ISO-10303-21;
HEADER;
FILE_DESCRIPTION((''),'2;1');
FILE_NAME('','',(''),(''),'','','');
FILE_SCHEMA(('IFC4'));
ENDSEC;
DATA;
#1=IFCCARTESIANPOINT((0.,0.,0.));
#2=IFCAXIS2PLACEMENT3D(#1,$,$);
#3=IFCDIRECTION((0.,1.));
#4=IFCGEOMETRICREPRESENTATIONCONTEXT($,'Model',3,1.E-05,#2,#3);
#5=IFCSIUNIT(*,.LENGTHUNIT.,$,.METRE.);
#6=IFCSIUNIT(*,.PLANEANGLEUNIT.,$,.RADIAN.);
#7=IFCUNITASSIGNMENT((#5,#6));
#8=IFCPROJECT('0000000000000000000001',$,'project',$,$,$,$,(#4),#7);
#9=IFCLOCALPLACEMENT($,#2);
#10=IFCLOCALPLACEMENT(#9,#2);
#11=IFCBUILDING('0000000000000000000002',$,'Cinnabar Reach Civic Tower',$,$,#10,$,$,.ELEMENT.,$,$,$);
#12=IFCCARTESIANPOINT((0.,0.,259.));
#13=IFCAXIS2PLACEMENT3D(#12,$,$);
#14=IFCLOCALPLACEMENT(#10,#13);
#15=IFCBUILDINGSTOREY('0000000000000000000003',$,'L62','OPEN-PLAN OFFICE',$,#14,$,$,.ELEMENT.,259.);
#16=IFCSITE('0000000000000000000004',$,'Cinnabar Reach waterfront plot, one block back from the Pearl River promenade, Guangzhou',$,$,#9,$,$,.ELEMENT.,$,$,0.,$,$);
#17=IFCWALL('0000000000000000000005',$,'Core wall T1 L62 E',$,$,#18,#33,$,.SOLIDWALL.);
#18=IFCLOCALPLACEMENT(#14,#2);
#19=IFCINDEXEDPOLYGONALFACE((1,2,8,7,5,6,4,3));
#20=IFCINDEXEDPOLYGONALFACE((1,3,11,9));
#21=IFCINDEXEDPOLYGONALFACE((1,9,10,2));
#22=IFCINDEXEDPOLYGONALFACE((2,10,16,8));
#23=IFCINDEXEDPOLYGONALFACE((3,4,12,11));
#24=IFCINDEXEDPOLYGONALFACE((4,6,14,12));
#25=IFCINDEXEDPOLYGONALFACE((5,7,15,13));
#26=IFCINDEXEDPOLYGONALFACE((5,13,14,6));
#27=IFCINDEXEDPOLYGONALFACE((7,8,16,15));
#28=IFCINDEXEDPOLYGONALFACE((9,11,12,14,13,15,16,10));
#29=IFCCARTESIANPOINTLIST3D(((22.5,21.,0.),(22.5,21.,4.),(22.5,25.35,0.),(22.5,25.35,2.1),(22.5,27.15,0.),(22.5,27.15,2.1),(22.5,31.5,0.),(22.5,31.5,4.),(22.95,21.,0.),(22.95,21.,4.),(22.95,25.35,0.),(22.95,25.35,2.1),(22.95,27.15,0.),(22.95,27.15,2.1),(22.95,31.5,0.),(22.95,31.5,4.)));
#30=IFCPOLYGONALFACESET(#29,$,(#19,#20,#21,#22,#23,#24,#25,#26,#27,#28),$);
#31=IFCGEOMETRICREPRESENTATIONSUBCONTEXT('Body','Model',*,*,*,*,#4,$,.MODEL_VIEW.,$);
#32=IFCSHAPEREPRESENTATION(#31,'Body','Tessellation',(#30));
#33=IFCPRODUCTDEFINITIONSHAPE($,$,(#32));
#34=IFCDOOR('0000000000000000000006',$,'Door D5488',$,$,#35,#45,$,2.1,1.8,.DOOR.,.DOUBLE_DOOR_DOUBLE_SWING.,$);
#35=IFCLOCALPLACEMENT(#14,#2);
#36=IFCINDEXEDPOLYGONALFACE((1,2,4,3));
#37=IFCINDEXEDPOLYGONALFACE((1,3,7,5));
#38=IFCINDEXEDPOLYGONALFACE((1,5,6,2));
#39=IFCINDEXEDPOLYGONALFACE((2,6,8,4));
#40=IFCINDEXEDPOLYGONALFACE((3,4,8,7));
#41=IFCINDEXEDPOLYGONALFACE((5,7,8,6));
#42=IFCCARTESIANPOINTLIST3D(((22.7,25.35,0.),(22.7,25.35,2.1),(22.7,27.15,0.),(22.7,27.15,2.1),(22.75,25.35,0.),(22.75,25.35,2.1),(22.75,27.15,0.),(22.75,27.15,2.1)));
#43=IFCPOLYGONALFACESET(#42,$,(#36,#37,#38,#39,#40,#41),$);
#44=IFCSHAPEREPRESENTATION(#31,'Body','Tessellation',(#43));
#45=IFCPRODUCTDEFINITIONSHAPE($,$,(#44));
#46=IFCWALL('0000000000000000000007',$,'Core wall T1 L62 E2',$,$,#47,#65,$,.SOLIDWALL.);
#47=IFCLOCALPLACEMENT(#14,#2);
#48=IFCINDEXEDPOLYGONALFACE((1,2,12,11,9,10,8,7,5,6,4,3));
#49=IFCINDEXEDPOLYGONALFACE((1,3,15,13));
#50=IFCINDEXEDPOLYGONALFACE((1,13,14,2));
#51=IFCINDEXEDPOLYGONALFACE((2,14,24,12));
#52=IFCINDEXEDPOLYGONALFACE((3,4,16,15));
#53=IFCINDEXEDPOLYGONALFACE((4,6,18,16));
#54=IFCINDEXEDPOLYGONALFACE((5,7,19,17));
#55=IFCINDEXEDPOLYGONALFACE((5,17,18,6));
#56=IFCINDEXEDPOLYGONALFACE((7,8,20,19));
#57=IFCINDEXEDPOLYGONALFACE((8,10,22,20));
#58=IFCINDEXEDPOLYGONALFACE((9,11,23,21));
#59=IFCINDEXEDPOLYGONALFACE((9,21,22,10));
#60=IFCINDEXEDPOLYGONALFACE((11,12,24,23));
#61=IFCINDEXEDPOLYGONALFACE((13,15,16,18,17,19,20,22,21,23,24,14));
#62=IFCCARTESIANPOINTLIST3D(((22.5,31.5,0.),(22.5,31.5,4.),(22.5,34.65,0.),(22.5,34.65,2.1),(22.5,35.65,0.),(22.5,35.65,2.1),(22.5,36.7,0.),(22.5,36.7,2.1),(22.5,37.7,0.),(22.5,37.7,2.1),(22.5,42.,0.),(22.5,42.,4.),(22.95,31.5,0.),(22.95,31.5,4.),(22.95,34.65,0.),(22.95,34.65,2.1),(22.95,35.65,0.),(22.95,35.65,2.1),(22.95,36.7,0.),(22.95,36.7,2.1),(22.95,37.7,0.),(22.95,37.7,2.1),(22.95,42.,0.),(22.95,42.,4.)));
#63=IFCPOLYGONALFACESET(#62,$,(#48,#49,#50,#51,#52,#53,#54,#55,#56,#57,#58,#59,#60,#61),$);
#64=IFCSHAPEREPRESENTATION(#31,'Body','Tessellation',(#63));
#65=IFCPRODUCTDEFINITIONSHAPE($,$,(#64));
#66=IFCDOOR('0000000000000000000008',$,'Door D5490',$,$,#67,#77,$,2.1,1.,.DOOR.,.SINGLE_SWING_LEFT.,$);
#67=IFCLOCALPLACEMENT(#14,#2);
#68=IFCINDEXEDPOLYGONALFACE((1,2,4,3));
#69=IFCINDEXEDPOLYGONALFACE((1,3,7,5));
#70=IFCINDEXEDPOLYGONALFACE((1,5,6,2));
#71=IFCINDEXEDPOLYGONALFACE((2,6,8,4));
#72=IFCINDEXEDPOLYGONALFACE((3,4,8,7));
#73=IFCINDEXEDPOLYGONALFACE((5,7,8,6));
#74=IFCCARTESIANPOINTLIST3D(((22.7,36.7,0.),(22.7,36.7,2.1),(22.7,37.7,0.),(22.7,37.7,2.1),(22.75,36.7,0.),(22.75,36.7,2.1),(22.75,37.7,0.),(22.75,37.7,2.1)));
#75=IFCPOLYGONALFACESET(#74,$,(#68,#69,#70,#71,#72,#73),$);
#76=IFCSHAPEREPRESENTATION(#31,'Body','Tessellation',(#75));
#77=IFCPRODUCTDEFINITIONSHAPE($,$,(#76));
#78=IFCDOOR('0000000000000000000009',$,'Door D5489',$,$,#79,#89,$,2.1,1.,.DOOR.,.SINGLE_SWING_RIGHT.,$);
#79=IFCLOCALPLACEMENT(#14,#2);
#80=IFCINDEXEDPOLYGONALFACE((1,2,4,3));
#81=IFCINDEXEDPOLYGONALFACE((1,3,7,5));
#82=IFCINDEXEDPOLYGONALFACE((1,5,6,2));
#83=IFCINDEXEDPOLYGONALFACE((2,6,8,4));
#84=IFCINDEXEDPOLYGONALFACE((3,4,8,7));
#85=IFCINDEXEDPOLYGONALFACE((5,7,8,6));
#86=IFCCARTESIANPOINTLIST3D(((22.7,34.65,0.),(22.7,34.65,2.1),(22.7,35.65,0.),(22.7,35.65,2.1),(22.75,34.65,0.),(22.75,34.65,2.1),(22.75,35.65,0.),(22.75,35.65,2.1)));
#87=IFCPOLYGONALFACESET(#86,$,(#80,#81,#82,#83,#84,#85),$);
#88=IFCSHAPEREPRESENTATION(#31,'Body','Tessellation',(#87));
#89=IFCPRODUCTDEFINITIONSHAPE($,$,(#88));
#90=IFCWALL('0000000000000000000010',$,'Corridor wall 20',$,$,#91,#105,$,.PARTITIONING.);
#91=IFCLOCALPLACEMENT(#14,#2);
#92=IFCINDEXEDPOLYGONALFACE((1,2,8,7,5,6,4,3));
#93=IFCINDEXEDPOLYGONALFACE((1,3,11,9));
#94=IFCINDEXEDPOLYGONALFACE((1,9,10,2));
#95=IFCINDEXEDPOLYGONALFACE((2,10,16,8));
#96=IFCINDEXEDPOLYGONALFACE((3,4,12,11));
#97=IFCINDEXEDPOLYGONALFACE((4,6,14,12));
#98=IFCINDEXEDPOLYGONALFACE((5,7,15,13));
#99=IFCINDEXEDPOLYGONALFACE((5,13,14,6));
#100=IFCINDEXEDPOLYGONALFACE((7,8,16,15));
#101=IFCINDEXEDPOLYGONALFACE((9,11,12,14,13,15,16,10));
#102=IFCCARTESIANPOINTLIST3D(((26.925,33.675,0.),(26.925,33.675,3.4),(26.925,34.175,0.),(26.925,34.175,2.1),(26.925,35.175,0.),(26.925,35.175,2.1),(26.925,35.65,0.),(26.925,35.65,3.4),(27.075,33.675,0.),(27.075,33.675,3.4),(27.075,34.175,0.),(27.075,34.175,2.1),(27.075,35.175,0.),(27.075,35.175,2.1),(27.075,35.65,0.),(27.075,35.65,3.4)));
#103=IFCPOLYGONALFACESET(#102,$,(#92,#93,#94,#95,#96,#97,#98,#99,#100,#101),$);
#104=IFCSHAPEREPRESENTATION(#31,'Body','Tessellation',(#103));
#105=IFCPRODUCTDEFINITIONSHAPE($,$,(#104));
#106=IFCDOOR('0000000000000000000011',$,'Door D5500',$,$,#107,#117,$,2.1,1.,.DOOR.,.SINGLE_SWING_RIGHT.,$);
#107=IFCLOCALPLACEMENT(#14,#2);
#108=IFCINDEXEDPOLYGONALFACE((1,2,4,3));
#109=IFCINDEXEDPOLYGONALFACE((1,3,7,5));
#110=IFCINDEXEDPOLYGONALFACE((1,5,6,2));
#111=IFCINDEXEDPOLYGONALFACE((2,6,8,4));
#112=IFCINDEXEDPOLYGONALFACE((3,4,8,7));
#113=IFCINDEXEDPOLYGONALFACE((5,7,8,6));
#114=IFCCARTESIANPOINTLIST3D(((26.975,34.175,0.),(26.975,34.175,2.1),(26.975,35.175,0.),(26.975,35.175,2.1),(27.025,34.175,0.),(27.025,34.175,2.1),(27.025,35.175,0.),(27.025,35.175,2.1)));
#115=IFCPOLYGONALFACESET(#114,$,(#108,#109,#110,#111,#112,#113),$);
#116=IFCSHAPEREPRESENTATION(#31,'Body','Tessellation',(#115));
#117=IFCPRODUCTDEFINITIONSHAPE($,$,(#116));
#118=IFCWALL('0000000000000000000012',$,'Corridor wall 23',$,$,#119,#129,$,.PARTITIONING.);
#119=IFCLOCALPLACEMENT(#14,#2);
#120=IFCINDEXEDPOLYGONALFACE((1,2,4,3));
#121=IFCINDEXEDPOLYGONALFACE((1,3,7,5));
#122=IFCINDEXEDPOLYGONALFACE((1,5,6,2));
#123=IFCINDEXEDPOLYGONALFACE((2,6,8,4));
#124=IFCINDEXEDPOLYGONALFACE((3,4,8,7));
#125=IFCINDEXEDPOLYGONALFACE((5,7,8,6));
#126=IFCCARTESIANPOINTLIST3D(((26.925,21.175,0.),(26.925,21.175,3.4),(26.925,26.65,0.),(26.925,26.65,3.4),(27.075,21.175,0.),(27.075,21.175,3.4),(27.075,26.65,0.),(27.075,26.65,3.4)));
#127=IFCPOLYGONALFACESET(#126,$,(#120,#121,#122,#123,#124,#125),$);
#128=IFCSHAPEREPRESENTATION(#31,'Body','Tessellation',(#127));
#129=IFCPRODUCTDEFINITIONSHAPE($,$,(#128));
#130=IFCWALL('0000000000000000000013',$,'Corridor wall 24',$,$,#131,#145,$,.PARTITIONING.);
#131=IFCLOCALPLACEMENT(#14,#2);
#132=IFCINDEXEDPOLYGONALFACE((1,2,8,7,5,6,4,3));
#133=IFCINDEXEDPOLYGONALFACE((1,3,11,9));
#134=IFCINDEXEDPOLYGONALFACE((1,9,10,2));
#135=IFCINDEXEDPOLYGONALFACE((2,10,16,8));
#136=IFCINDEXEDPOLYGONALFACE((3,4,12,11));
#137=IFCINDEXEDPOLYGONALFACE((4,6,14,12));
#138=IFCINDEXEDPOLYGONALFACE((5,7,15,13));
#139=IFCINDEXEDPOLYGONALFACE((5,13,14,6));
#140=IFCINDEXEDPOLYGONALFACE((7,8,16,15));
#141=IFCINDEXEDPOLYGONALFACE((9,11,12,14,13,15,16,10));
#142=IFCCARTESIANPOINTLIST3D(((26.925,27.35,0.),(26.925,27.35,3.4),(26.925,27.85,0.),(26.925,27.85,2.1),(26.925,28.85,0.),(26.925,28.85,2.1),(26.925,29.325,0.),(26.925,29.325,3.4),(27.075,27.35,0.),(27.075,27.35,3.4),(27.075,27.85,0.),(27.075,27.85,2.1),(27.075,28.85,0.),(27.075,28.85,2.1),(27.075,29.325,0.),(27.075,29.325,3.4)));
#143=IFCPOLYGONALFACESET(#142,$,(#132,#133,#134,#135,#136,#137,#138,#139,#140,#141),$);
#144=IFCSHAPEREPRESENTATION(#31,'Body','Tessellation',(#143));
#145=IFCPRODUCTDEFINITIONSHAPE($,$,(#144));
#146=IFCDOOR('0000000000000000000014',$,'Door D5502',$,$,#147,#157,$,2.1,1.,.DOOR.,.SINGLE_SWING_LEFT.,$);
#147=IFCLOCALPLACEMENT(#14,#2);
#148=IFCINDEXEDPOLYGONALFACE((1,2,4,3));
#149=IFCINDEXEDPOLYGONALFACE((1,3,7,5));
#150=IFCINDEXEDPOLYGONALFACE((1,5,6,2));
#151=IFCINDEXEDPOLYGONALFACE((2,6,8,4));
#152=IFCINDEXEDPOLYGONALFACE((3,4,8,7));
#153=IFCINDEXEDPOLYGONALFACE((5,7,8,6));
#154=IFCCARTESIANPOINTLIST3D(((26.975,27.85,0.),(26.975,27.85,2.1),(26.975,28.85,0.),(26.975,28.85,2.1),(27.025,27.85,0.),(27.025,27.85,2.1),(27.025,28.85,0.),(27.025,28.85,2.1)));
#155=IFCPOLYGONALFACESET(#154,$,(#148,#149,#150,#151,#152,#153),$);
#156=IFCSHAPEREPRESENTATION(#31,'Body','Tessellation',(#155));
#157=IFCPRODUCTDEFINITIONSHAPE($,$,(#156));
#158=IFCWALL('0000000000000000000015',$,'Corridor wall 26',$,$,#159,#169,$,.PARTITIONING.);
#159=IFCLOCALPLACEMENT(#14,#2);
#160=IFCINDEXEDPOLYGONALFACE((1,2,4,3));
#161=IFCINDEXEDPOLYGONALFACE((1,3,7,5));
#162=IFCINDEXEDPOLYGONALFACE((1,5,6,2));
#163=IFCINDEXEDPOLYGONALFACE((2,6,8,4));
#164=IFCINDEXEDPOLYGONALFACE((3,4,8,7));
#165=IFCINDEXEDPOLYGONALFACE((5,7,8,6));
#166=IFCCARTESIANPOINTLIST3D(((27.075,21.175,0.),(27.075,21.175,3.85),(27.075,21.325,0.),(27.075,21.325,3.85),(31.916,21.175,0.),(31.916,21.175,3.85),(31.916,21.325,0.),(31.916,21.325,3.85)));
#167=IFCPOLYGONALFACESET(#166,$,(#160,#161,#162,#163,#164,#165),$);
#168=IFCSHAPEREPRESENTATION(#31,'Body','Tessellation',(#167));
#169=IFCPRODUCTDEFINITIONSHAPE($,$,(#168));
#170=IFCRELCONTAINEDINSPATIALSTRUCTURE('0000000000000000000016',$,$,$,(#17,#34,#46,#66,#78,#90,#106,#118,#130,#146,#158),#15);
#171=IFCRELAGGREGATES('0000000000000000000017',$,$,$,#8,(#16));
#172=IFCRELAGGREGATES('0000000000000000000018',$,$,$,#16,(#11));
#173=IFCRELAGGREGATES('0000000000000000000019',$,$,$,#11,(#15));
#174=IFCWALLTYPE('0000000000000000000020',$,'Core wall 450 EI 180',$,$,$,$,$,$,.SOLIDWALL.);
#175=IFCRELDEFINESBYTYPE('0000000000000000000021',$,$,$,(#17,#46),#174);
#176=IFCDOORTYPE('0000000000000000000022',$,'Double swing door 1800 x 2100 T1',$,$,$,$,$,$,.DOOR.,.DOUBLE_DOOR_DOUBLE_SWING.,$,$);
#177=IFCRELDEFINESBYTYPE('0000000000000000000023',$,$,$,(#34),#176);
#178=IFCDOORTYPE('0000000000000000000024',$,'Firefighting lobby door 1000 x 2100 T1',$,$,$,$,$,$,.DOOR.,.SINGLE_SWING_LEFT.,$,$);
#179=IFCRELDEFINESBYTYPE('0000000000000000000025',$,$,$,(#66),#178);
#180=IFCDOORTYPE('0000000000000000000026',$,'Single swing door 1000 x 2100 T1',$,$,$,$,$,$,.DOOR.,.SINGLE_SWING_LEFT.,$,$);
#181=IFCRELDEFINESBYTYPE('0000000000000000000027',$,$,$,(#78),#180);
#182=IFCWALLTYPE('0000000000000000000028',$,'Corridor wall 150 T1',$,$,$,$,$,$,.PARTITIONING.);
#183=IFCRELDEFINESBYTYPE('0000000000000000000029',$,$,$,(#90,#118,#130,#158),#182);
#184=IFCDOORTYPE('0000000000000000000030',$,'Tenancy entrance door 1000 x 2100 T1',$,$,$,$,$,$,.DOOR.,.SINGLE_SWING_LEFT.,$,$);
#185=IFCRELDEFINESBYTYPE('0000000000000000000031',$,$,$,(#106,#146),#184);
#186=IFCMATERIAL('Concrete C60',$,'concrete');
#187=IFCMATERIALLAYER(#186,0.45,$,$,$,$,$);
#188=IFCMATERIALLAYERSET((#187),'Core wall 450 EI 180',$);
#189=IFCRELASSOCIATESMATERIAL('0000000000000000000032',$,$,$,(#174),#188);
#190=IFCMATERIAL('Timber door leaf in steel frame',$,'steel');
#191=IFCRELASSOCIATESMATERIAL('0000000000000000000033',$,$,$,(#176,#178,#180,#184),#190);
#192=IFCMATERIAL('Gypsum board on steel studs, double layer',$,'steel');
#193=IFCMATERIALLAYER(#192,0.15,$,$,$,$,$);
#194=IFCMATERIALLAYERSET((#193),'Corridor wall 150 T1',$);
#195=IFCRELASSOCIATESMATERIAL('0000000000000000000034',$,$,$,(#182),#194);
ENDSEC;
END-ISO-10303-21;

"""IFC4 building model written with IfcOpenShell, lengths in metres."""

from ifc_helpers import new_model, si_unit, direction, frame, frame_2d, origin, place, context, subcontext, project, spatial, rectangle, extrude, material, layer, layer_set, type_object, element, fill, save


model = new_model("IFC4")

# Units and contexts
model_context = context("Model", 3, precision=1e-05, world=origin(), true_north=direction((0.0, 1.0)))
body_context = subcontext(model_context, "Body", "Model", "MODEL_VIEW")
ifc_project = project(units=[si_unit("LENGTHUNIT", "METRE"), si_unit("PLANEANGLEUNIT", "RADIAN")], contexts=[model_context])

# Site, building, storey
site_placement = place(None, origin())
site = spatial("IfcSite", under=ifc_project, at=site_placement, Name="Cinnabar Reach waterfront plot, one block back from the Pearl River promenade, Guangzhou", CompositionType="ELEMENT", RefElevation=0.0)
building_placement = place(site_placement, origin())
building = spatial("IfcBuilding", under=site, at=building_placement, Name="Cinnabar Reach Civic Tower", CompositionType="ELEMENT")
storey_placement = place(building_placement, frame((0.0, 0.0, 259.0)))
storey = spatial("IfcBuildingStorey", under=building, at=storey_placement, Name="L62", Description="OPEN-PLAN OFFICE", CompositionType="ELEMENT", Elevation=259.0)

# Shared definitions
ifc_material_1 = material(Name="Concrete C60", Category="concrete")

# Wall, opening, door
ifc_layer_1 = layer(ifc_material_1, 0.45)
ifc_layer_set_1 = layer_set([ifc_layer_1], Name="Core wall 450 EI 180")
wall_type_1 = type_object("IfcWallType", Name="Core wall 450 EI 180", PredefinedType="SOLIDWALL", material=ifc_layer_set_1)
wall_1_placement = place(storey_placement, frame((22.725, 21.0, 0.0), z_axis=(0.0, 0.0, 1.0), x_axis=(0.0, 1.0, 0.0)))
wall_1 = element("IfcWall", 1, at=wall_1_placement, inside=storey, type_object=wall_type_1, Name="Core wall T1 L62 E", PredefinedType="SOLIDWALL", context=body_context, shape_type="SweptSolid", body=[
    extrude(rectangle(XDim=10.5, YDim=0.45, at=frame_2d((5.25, 0.0))), origin(), (0.0, 0.0, 1.0), 4.0),
])
opening_1_placement = place(wall_1_placement, frame((4.35, 0.0, 0.0)))
opening_1 = element("IfcOpeningElement", 2, at=opening_1_placement, cuts=wall_1, PredefinedType="OPENING", context=body_context, shape_type="SweptSolid", body=[
    extrude(rectangle(XDim=1.8, YDim=2.1, at=frame_2d((0.9, 1.05))), frame((0.0, 0.235, 0.0), z_axis=(0.0, -1.0, 0.0), x_axis=(1.0, 0.0, 0.0)), (0.0, 0.0, 1.0), 0.47),
])
ifc_material_2 = material(Name="Timber door leaf in steel frame", Category="steel")
door_type_1 = type_object("IfcDoorType", Name="Double swing door 1800 x 2100 T1", OperationType="DOUBLE_DOOR_DOUBLE_SWING", PredefinedType="DOOR", material=ifc_material_2)
door_1_placement = place(opening_1_placement, origin())
door_1 = element("IfcDoor", 3, at=door_1_placement, inside=storey, type_object=door_type_1, Name="Door D5488", OperationType="DOUBLE_DOOR_DOUBLE_SWING", OverallHeight=2.1, OverallWidth=1.8, PredefinedType="DOOR", context=body_context, shape_type="SweptSolid", body=[
    extrude(rectangle(XDim=1.8, YDim=2.1, at=frame_2d((0.9, 1.05))), frame((0.0, 0.025, 0.0), z_axis=(0.0, -1.0, 0.0), x_axis=(1.0, 0.0, 0.0)), (0.0, 0.0, 1.0), 0.05),
])
fill(opening_1, door_1)

# Wall, openings, doors
wall_2_placement = place(storey_placement, frame((22.725, 31.5, 0.0), z_axis=(0.0, 0.0, 1.0), x_axis=(0.0, 1.0, 0.0)))
wall_2 = element("IfcWall", 4, at=wall_2_placement, inside=storey, type_object=wall_type_1, Name="Core wall T1 L62 E2", PredefinedType="SOLIDWALL", context=body_context, shape_type="SweptSolid", body=[
    extrude(rectangle(XDim=10.5, YDim=0.45, at=frame_2d((5.25, 0.0))), origin(), (0.0, 0.0, 1.0), 4.0),
])
opening_2_placement = place(wall_2_placement, frame((3.15, 0.0, 0.0)))
opening_2 = element("IfcOpeningElement", 5, at=opening_2_placement, cuts=wall_2, PredefinedType="OPENING", context=body_context, shape_type="SweptSolid", body=[
    extrude(rectangle(XDim=1.0, YDim=2.1, at=frame_2d((0.5, 1.05))), frame((0.0, 0.235, 0.0), z_axis=(0.0, -1.0, 0.0), x_axis=(1.0, 0.0, 0.0)), (0.0, 0.0, 1.0), 0.47),
])
opening_3_placement = place(wall_2_placement, frame((5.2, 0.0, 0.0)))
opening_3 = element("IfcOpeningElement", 6, at=opening_3_placement, cuts=wall_2, PredefinedType="OPENING", context=body_context, shape_type="SweptSolid", body=[
    extrude(rectangle(XDim=1.0, YDim=2.1, at=frame_2d((0.5, 1.05))), frame((0.0, 0.235, 0.0), z_axis=(0.0, -1.0, 0.0), x_axis=(1.0, 0.0, 0.0)), (0.0, 0.0, 1.0), 0.47),
])
door_type_2 = type_object("IfcDoorType", Name="Firefighting lobby door 1000 x 2100 T1", OperationType="SINGLE_SWING_LEFT", PredefinedType="DOOR", material=ifc_material_2)
door_2_placement = place(opening_3_placement, origin())
door_2 = element("IfcDoor", 7, at=door_2_placement, inside=storey, type_object=door_type_2, Name="Door D5490", OperationType="SINGLE_SWING_LEFT", OverallHeight=2.1, OverallWidth=1.0, PredefinedType="DOOR", context=body_context, shape_type="SweptSolid", body=[
    extrude(rectangle(XDim=1.0, YDim=2.1, at=frame_2d((0.5, 1.05))), frame((0.0, 0.025, 0.0), z_axis=(0.0, -1.0, 0.0), x_axis=(1.0, 0.0, 0.0)), (0.0, 0.0, 1.0), 0.05),
])
fill(opening_3, door_2)
door_type_3 = type_object("IfcDoorType", Name="Single swing door 1000 x 2100 T1", OperationType="SINGLE_SWING_LEFT", PredefinedType="DOOR", material=ifc_material_2)
door_3_placement = place(opening_2_placement, origin())
door_3 = element("IfcDoor", 8, at=door_3_placement, inside=storey, type_object=door_type_3, Name="Door D5489", OperationType="SINGLE_SWING_RIGHT", OverallHeight=2.1, OverallWidth=1.0, PredefinedType="DOOR", context=body_context, shape_type="SweptSolid", body=[
    extrude(rectangle(XDim=1.0, YDim=2.1, at=frame_2d((0.5, 1.05))), frame((0.0, 0.025, 0.0), z_axis=(0.0, -1.0, 0.0), x_axis=(1.0, 0.0, 0.0)), (0.0, 0.0, 1.0), 0.05),
])
fill(opening_2, door_3)

# Wall, opening, door
ifc_material_3 = material(Name="Gypsum board on steel studs, double layer", Category="steel")
ifc_layer_2 = layer(ifc_material_3, 0.15)
ifc_layer_set_2 = layer_set([ifc_layer_2], Name="Corridor wall 150 T1")
wall_type_2 = type_object("IfcWallType", Name="Corridor wall 150 T1", PredefinedType="PARTITIONING", material=ifc_layer_set_2)
wall_3_placement = place(storey_placement, frame((27.0, 33.675, 0.0), z_axis=(0.0, 0.0, 1.0), x_axis=(0.0, 1.0, 0.0)))
wall_3 = element("IfcWall", 9, at=wall_3_placement, inside=storey, type_object=wall_type_2, Name="Corridor wall 20", PredefinedType="PARTITIONING", context=body_context, shape_type="SweptSolid", body=[
    extrude(rectangle(XDim=1.975, YDim=0.15, at=frame_2d((0.9875, 0.0))), origin(), (0.0, 0.0, 1.0), 3.4),
])
opening_4_placement = place(wall_3_placement, frame((0.5, 0.0, 0.0)))
opening_4 = element("IfcOpeningElement", 10, at=opening_4_placement, cuts=wall_3, PredefinedType="OPENING", context=body_context, shape_type="SweptSolid", body=[
    extrude(rectangle(XDim=1.0, YDim=2.1, at=frame_2d((0.5, 1.05))), frame((0.0, 0.085, 0.0), z_axis=(0.0, -1.0, 0.0), x_axis=(1.0, 0.0, 0.0)), (0.0, 0.0, 1.0), 0.17),
])
door_type_4 = type_object("IfcDoorType", Name="Tenancy entrance door 1000 x 2100 T1", OperationType="SINGLE_SWING_LEFT", PredefinedType="DOOR", material=ifc_material_2)
door_4_placement = place(opening_4_placement, frame((1.0, 0.0, 0.0), z_axis=(0.0, 0.0, 1.0), x_axis=(-1.0, 0.0, 0.0)))
door_4 = element("IfcDoor", 11, at=door_4_placement, inside=storey, type_object=door_type_4, Name="Door D5500", OperationType="SINGLE_SWING_RIGHT", OverallHeight=2.1, OverallWidth=1.0, PredefinedType="DOOR", context=body_context, shape_type="SweptSolid", body=[
    extrude(rectangle(XDim=1.0, YDim=2.1, at=frame_2d((0.5, 1.05))), frame((0.0, 0.025, 0.0), z_axis=(0.0, -1.0, 0.0), x_axis=(1.0, 0.0, 0.0)), (0.0, 0.0, 1.0), 0.05),
])
fill(opening_4, door_4)

# Wall
wall_4_placement = place(storey_placement, frame((27.0, 21.175, 0.0), z_axis=(0.0, 0.0, 1.0), x_axis=(0.0, 1.0, 0.0)))
element("IfcWall", 12, at=wall_4_placement, inside=storey, type_object=wall_type_2, Name="Corridor wall 23", PredefinedType="PARTITIONING", context=body_context, shape_type="SweptSolid", body=[
    extrude(rectangle(XDim=5.475, YDim=0.15, at=frame_2d((2.7375, 0.0))), origin(), (0.0, 0.0, 1.0), 3.4),
])

# Wall, opening, door
wall_5_placement = place(storey_placement, frame((27.0, 27.35, 0.0), z_axis=(0.0, 0.0, 1.0), x_axis=(0.0, 1.0, 0.0)))
wall_5 = element("IfcWall", 13, at=wall_5_placement, inside=storey, type_object=wall_type_2, Name="Corridor wall 24", PredefinedType="PARTITIONING", context=body_context, shape_type="SweptSolid", body=[
    extrude(rectangle(XDim=1.975, YDim=0.15, at=frame_2d((0.9875, 0.0))), origin(), (0.0, 0.0, 1.0), 3.4),
])
opening_5_placement = place(wall_5_placement, frame((0.5, 0.0, 0.0)))
opening_5 = element("IfcOpeningElement", 14, at=opening_5_placement, cuts=wall_5, PredefinedType="OPENING", context=body_context, shape_type="SweptSolid", body=[
    extrude(rectangle(XDim=1.0, YDim=2.1, at=frame_2d((0.5, 1.05))), frame((0.0, 0.085, 0.0), z_axis=(0.0, -1.0, 0.0), x_axis=(1.0, 0.0, 0.0)), (0.0, 0.0, 1.0), 0.17),
])
door_5_placement = place(opening_5_placement, frame((1.0, 0.0, 0.0), z_axis=(0.0, 0.0, 1.0), x_axis=(-1.0, 0.0, 0.0)))
door_5 = element("IfcDoor", 15, at=door_5_placement, inside=storey, type_object=door_type_4, Name="Door D5502", OperationType="SINGLE_SWING_LEFT", OverallHeight=2.1, OverallWidth=1.0, PredefinedType="DOOR", context=body_context, shape_type="SweptSolid", body=[
    extrude(rectangle(XDim=1.0, YDim=2.1, at=frame_2d((0.5, 1.05))), frame((0.0, 0.025, 0.0), z_axis=(0.0, -1.0, 0.0), x_axis=(1.0, 0.0, 0.0)), (0.0, 0.0, 1.0), 0.05),
])
fill(opening_5, door_5)

# Wall
wall_6_placement = place(storey_placement, frame((27.075, 21.25, 0.0), z_axis=(0.0, 0.0, 1.0), x_axis=(1.0, 0.0, 0.0)))
element("IfcWall", 16, at=wall_6_placement, inside=storey, type_object=wall_type_2, Name="Corridor wall 26", PredefinedType="PARTITIONING", context=body_context, shape_type="SweptSolid", body=[
    extrude(rectangle(XDim=4.841, YDim=0.15, at=frame_2d((2.4205, 0.0))), origin(), (0.0, 0.0, 1.0), 3.85),
])

save(model, "model.ifc")
